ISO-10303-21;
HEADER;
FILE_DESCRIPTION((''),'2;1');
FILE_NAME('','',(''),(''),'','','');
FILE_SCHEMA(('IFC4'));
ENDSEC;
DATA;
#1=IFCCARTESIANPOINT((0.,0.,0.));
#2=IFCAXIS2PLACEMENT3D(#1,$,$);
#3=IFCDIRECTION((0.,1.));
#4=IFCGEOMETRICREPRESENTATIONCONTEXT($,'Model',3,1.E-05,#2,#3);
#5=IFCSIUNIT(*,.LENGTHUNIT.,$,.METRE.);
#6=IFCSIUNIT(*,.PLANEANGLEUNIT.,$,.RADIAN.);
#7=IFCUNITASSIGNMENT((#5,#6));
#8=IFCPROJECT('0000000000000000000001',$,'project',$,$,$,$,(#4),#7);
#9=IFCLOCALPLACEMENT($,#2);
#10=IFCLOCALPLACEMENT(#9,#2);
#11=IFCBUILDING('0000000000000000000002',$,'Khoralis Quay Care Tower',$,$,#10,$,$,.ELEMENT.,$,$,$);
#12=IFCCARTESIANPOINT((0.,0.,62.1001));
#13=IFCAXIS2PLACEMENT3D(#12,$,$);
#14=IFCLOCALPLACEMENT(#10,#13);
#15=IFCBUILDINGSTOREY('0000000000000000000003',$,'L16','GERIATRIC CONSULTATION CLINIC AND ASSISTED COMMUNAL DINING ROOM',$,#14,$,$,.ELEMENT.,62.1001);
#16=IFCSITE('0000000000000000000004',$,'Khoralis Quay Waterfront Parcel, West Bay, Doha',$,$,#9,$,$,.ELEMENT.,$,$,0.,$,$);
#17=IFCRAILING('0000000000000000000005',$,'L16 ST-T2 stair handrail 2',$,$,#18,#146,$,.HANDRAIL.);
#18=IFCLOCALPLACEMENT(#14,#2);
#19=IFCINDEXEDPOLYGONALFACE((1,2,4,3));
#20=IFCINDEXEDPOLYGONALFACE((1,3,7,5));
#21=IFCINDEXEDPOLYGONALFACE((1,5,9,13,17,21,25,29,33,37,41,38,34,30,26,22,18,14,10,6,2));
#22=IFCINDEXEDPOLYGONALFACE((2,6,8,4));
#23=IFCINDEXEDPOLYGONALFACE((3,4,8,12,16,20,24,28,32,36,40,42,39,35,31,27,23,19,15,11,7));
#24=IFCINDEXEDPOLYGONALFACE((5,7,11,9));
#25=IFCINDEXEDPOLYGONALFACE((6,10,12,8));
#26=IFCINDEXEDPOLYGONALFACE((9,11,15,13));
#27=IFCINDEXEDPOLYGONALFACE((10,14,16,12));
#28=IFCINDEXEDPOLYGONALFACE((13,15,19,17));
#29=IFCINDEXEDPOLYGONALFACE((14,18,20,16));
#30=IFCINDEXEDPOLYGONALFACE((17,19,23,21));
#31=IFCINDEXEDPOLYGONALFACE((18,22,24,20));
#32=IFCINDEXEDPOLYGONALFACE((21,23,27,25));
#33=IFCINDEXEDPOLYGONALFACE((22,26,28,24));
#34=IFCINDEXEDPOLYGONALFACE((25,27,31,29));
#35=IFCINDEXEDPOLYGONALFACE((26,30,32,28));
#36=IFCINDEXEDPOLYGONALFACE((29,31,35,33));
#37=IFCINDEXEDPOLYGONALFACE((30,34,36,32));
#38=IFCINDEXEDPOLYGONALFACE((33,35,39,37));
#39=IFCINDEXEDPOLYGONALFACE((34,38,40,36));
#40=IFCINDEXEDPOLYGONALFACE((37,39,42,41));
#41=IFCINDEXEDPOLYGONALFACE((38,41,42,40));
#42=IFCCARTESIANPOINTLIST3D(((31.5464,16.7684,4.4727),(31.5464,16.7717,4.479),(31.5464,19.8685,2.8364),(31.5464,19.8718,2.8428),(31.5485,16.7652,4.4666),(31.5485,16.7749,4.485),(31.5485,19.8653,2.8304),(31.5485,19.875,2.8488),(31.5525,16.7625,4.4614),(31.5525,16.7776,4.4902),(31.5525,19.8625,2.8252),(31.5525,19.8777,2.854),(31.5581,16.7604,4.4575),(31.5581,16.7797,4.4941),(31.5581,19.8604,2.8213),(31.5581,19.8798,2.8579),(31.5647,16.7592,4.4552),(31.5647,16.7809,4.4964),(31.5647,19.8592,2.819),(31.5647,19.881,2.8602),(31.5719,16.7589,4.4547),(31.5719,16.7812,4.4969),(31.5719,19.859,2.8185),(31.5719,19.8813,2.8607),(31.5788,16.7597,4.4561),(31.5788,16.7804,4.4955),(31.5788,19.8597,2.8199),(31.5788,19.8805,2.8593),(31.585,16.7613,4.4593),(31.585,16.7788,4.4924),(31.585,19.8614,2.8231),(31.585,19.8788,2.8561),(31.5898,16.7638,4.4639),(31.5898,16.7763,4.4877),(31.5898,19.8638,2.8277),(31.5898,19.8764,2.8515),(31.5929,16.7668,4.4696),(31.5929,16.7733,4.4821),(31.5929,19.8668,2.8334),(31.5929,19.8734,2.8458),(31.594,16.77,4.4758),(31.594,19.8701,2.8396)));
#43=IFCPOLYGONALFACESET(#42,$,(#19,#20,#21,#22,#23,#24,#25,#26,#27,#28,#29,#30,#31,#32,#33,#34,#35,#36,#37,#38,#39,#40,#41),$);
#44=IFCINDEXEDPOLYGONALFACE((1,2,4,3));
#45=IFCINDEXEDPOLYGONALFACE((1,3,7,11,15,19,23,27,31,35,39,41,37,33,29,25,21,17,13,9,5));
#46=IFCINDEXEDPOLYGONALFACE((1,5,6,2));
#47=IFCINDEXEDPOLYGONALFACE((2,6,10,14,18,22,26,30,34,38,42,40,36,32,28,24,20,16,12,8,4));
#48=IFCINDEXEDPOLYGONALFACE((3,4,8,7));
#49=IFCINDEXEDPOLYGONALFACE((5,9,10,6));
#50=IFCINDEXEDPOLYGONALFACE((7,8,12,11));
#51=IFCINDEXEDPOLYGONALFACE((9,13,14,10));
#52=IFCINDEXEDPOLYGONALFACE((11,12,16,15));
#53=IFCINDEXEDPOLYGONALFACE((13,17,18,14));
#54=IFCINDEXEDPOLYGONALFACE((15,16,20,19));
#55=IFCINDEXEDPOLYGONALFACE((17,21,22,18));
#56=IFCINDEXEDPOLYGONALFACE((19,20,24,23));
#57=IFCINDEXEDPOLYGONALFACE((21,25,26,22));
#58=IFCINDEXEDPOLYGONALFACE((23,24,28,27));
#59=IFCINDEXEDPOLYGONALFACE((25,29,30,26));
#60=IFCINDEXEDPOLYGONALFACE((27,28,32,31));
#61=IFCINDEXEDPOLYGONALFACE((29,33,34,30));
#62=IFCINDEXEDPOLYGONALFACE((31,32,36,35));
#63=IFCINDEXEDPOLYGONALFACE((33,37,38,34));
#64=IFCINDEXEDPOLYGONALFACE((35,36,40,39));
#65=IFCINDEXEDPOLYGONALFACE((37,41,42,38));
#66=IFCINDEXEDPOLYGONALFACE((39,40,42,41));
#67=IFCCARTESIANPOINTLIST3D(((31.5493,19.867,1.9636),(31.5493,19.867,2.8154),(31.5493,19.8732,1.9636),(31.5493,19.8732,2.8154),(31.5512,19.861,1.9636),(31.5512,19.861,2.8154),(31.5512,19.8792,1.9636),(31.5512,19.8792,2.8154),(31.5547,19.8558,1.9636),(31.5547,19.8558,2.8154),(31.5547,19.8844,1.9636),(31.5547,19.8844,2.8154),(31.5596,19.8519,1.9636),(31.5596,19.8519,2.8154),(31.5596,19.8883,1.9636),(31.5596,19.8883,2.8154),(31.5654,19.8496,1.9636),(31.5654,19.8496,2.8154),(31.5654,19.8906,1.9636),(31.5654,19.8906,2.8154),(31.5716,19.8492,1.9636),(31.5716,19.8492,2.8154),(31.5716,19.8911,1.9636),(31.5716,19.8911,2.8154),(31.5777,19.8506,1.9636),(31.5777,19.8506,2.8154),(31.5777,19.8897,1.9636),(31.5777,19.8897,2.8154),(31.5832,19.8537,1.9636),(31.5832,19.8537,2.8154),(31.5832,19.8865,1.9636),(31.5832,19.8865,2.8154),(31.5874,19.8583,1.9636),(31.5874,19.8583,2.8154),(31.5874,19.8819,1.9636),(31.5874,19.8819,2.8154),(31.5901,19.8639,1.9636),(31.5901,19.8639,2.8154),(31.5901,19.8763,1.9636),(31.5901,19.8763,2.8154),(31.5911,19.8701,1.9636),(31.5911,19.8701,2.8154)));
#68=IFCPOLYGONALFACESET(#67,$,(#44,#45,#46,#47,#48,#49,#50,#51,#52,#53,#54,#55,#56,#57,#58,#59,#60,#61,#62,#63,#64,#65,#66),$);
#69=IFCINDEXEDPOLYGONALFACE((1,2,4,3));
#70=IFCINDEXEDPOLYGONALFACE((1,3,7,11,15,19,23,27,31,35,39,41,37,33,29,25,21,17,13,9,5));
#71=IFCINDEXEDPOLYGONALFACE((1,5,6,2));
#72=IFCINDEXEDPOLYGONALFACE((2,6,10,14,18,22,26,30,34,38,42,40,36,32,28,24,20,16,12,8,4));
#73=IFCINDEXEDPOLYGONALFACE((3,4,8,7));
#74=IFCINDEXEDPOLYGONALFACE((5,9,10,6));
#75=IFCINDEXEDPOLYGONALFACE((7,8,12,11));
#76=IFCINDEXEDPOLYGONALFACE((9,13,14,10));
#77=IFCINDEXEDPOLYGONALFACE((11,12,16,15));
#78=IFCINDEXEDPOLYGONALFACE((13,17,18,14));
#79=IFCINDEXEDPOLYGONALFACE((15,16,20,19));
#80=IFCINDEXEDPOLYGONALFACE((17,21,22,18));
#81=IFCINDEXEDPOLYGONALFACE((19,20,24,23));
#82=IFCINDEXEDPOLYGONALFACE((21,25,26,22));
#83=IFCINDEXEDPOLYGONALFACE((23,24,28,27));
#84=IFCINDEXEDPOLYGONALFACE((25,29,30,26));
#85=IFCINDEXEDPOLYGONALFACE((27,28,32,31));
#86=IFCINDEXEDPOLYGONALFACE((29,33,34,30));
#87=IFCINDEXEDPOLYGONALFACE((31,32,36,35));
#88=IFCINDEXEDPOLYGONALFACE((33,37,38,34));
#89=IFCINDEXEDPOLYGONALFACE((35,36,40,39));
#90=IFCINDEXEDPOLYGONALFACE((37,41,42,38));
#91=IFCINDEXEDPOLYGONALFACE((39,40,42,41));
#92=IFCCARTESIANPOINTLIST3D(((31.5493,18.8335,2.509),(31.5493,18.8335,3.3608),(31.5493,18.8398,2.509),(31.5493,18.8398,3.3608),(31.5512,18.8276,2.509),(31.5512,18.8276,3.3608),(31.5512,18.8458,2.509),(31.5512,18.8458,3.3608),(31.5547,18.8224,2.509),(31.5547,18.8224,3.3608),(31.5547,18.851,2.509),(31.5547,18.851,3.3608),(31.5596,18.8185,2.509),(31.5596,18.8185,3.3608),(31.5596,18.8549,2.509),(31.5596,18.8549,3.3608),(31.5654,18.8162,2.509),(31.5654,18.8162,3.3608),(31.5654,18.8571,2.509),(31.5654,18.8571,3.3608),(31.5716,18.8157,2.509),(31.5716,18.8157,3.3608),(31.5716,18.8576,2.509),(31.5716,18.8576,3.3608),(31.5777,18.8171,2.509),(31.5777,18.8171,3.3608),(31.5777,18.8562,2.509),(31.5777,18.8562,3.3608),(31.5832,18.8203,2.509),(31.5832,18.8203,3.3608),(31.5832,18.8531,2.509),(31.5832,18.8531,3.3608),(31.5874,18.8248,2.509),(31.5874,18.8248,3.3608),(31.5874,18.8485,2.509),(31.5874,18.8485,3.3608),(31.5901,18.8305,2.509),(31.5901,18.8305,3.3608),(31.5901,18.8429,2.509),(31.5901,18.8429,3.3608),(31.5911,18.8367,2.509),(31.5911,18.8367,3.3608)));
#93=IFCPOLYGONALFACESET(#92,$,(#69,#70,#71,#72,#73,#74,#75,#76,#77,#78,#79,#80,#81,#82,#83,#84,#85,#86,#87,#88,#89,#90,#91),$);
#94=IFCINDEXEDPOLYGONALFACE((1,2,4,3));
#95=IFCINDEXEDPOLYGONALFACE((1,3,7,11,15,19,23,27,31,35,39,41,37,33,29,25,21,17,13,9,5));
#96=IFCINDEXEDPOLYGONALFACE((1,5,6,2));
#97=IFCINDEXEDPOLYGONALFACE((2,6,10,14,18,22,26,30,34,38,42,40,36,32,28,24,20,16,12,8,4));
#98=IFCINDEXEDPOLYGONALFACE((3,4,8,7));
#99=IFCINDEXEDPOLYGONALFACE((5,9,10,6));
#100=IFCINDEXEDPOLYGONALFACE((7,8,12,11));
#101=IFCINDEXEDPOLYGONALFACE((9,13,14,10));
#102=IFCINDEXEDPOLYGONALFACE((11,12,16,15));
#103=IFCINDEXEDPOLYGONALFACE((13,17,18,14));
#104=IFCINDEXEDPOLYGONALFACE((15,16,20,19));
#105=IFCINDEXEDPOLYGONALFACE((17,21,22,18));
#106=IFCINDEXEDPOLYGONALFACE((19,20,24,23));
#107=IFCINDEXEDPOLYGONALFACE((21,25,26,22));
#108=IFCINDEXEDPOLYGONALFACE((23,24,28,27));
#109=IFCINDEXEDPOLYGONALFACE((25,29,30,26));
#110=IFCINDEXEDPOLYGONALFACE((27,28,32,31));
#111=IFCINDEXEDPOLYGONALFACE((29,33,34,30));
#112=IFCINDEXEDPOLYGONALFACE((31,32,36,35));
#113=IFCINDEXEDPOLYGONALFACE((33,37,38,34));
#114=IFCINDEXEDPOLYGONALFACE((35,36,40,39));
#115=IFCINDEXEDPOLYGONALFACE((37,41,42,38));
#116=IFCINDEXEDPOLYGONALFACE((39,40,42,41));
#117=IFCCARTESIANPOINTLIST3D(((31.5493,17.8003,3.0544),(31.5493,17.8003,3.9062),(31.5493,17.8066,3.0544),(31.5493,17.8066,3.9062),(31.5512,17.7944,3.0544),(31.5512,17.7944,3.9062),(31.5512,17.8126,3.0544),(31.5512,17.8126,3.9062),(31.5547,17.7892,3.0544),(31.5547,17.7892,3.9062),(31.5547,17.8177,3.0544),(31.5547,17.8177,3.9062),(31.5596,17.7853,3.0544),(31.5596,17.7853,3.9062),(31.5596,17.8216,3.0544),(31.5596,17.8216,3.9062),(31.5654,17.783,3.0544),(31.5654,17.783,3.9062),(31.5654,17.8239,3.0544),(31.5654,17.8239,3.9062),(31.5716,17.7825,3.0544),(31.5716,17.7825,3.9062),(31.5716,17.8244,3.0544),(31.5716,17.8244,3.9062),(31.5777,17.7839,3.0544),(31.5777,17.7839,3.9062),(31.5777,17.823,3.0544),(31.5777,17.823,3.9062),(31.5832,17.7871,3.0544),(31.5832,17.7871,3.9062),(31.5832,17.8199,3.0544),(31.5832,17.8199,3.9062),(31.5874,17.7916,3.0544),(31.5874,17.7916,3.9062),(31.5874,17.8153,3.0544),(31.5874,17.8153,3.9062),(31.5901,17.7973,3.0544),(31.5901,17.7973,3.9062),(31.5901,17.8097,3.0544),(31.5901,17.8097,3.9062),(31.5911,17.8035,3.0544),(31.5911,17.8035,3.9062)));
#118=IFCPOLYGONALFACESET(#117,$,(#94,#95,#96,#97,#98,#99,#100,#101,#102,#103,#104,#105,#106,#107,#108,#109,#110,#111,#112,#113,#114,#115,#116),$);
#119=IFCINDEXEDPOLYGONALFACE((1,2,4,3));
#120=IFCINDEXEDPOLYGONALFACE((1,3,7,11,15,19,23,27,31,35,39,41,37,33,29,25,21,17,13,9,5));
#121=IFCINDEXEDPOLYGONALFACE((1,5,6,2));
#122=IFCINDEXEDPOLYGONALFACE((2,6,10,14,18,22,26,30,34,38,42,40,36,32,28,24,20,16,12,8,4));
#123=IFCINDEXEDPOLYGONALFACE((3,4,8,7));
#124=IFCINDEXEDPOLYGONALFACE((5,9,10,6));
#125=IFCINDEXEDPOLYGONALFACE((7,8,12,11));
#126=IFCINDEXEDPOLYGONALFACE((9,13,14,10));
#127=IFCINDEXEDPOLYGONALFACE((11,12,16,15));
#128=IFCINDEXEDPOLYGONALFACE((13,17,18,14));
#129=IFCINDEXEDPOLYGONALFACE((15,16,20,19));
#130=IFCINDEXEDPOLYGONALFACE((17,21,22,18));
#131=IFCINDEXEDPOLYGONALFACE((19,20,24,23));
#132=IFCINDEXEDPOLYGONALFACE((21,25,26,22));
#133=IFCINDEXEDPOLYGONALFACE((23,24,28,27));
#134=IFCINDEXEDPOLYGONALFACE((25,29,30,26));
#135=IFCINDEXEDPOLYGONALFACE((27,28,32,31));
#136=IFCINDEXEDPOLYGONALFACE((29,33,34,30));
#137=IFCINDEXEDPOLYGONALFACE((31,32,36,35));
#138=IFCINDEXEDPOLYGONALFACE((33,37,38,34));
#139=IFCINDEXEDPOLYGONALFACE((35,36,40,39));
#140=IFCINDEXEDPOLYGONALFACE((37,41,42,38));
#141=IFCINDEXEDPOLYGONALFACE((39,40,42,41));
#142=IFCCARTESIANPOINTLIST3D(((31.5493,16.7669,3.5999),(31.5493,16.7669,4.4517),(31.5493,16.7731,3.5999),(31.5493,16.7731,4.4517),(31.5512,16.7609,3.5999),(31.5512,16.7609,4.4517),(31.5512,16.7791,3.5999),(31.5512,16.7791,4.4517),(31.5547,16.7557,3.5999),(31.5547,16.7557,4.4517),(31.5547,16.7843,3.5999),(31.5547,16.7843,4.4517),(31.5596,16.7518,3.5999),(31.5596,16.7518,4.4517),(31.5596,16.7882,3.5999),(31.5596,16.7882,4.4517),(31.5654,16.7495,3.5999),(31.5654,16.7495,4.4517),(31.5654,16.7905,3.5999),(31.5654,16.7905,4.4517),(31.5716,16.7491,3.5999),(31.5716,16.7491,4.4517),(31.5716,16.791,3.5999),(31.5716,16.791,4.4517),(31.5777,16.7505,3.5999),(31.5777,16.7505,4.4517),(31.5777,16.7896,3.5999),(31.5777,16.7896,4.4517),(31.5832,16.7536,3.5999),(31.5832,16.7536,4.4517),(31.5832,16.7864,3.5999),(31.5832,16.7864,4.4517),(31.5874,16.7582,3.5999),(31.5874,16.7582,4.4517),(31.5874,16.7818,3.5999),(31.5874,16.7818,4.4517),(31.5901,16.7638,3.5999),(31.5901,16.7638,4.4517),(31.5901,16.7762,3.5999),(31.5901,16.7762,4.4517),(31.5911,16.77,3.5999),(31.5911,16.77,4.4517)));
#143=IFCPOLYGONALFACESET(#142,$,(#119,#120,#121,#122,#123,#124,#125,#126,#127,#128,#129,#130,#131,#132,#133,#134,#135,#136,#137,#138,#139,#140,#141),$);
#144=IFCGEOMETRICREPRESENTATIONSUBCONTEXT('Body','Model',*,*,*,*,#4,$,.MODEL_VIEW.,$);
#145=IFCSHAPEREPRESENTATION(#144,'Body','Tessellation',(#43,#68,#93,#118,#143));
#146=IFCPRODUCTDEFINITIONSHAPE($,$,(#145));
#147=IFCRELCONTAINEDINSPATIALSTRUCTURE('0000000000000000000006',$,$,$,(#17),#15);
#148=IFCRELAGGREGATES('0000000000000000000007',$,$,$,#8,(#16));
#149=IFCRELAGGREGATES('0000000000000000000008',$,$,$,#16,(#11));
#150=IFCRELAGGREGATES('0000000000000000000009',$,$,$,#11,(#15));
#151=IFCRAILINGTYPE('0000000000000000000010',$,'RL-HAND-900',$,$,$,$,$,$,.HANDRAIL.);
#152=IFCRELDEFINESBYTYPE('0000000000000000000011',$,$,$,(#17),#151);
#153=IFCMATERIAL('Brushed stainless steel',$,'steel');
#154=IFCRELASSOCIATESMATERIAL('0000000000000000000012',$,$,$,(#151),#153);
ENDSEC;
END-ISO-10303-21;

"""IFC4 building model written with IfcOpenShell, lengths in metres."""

from ifc_helpers import new_model, si_unit, direction, frame, origin, origin_2d, place, context, subcontext, project, spatial, circle, extrude, material, type_object, element, save


model = new_model("IFC4")

# Units and contexts
model_context = context("Model", 3, precision=1e-05, world=origin(), true_north=direction((0.0, 1.0)))
body_context = subcontext(model_context, "Body", "Model", "MODEL_VIEW")
ifc_project = project(units=[si_unit("LENGTHUNIT", "METRE"), si_unit("PLANEANGLEUNIT", "RADIAN")], contexts=[model_context])

# Site, building, storey
site_placement = place(None, origin())
site = spatial("IfcSite", under=ifc_project, at=site_placement, Name="Khoralis Quay Waterfront Parcel, West Bay, Doha", CompositionType="ELEMENT", RefElevation=0.0)
building_placement = place(site_placement, origin())
building = spatial("IfcBuilding", under=site, at=building_placement, Name="Khoralis Quay Care Tower", CompositionType="ELEMENT")
storey_placement = place(building_placement, frame((0.0, 0.0, 62.1001)))
storey = spatial("IfcBuildingStorey", under=building, at=storey_placement, Name="L16", Description="GERIATRIC CONSULTATION CLINIC AND ASSISTED COMMUNAL DINING ROOM", CompositionType="ELEMENT", Elevation=62.1001)

# Shared definitions
ifc_material_1 = material(Name="Brushed stainless steel", Category="steel")

# Railing
railing_type_1 = type_object("IfcRailingType", Name="RL-HAND-900", PredefinedType="HANDRAIL", material=ifc_material_1)
railing_1_placement = place(storey_placement, frame((31.5701, 19.8701, 1.9636)))
element("IfcRailing", 1, at=railing_1_placement, inside=storey, type_object=railing_type_1, Name="L16 ST-T2 stair handrail 2", PredefinedType="HANDRAIL", context=body_context, shape_type="SweptSolid", body=[
    extrude(circle(Radius=0.0239, at=origin_2d()), frame((0.0, 0.0, 0.876), z_axis=(0.0, -0.884377, 0.466774), x_axis=(1.0, 0.0, 0.0)), (0.0, 0.0, 1.0), 3.5054),
    extrude(circle(Radius=0.021, at=origin_2d()), origin(), (0.0, 0.0, 1.0), 0.8518),
    extrude(circle(Radius=0.021, at=origin_2d()), frame((0.0, -1.0334, 0.5454)), (0.0, 0.0, 1.0), 0.8518),
    extrude(circle(Radius=0.021, at=origin_2d()), frame((0.0, -2.0667, 1.0908)), (0.0, 0.0, 1.0), 0.8518),
    extrude(circle(Radius=0.021, at=origin_2d()), frame((0.0, -3.1001, 1.6362)), (0.0, 0.0, 1.0), 0.8518),
])

save(model, "model.ifc")
